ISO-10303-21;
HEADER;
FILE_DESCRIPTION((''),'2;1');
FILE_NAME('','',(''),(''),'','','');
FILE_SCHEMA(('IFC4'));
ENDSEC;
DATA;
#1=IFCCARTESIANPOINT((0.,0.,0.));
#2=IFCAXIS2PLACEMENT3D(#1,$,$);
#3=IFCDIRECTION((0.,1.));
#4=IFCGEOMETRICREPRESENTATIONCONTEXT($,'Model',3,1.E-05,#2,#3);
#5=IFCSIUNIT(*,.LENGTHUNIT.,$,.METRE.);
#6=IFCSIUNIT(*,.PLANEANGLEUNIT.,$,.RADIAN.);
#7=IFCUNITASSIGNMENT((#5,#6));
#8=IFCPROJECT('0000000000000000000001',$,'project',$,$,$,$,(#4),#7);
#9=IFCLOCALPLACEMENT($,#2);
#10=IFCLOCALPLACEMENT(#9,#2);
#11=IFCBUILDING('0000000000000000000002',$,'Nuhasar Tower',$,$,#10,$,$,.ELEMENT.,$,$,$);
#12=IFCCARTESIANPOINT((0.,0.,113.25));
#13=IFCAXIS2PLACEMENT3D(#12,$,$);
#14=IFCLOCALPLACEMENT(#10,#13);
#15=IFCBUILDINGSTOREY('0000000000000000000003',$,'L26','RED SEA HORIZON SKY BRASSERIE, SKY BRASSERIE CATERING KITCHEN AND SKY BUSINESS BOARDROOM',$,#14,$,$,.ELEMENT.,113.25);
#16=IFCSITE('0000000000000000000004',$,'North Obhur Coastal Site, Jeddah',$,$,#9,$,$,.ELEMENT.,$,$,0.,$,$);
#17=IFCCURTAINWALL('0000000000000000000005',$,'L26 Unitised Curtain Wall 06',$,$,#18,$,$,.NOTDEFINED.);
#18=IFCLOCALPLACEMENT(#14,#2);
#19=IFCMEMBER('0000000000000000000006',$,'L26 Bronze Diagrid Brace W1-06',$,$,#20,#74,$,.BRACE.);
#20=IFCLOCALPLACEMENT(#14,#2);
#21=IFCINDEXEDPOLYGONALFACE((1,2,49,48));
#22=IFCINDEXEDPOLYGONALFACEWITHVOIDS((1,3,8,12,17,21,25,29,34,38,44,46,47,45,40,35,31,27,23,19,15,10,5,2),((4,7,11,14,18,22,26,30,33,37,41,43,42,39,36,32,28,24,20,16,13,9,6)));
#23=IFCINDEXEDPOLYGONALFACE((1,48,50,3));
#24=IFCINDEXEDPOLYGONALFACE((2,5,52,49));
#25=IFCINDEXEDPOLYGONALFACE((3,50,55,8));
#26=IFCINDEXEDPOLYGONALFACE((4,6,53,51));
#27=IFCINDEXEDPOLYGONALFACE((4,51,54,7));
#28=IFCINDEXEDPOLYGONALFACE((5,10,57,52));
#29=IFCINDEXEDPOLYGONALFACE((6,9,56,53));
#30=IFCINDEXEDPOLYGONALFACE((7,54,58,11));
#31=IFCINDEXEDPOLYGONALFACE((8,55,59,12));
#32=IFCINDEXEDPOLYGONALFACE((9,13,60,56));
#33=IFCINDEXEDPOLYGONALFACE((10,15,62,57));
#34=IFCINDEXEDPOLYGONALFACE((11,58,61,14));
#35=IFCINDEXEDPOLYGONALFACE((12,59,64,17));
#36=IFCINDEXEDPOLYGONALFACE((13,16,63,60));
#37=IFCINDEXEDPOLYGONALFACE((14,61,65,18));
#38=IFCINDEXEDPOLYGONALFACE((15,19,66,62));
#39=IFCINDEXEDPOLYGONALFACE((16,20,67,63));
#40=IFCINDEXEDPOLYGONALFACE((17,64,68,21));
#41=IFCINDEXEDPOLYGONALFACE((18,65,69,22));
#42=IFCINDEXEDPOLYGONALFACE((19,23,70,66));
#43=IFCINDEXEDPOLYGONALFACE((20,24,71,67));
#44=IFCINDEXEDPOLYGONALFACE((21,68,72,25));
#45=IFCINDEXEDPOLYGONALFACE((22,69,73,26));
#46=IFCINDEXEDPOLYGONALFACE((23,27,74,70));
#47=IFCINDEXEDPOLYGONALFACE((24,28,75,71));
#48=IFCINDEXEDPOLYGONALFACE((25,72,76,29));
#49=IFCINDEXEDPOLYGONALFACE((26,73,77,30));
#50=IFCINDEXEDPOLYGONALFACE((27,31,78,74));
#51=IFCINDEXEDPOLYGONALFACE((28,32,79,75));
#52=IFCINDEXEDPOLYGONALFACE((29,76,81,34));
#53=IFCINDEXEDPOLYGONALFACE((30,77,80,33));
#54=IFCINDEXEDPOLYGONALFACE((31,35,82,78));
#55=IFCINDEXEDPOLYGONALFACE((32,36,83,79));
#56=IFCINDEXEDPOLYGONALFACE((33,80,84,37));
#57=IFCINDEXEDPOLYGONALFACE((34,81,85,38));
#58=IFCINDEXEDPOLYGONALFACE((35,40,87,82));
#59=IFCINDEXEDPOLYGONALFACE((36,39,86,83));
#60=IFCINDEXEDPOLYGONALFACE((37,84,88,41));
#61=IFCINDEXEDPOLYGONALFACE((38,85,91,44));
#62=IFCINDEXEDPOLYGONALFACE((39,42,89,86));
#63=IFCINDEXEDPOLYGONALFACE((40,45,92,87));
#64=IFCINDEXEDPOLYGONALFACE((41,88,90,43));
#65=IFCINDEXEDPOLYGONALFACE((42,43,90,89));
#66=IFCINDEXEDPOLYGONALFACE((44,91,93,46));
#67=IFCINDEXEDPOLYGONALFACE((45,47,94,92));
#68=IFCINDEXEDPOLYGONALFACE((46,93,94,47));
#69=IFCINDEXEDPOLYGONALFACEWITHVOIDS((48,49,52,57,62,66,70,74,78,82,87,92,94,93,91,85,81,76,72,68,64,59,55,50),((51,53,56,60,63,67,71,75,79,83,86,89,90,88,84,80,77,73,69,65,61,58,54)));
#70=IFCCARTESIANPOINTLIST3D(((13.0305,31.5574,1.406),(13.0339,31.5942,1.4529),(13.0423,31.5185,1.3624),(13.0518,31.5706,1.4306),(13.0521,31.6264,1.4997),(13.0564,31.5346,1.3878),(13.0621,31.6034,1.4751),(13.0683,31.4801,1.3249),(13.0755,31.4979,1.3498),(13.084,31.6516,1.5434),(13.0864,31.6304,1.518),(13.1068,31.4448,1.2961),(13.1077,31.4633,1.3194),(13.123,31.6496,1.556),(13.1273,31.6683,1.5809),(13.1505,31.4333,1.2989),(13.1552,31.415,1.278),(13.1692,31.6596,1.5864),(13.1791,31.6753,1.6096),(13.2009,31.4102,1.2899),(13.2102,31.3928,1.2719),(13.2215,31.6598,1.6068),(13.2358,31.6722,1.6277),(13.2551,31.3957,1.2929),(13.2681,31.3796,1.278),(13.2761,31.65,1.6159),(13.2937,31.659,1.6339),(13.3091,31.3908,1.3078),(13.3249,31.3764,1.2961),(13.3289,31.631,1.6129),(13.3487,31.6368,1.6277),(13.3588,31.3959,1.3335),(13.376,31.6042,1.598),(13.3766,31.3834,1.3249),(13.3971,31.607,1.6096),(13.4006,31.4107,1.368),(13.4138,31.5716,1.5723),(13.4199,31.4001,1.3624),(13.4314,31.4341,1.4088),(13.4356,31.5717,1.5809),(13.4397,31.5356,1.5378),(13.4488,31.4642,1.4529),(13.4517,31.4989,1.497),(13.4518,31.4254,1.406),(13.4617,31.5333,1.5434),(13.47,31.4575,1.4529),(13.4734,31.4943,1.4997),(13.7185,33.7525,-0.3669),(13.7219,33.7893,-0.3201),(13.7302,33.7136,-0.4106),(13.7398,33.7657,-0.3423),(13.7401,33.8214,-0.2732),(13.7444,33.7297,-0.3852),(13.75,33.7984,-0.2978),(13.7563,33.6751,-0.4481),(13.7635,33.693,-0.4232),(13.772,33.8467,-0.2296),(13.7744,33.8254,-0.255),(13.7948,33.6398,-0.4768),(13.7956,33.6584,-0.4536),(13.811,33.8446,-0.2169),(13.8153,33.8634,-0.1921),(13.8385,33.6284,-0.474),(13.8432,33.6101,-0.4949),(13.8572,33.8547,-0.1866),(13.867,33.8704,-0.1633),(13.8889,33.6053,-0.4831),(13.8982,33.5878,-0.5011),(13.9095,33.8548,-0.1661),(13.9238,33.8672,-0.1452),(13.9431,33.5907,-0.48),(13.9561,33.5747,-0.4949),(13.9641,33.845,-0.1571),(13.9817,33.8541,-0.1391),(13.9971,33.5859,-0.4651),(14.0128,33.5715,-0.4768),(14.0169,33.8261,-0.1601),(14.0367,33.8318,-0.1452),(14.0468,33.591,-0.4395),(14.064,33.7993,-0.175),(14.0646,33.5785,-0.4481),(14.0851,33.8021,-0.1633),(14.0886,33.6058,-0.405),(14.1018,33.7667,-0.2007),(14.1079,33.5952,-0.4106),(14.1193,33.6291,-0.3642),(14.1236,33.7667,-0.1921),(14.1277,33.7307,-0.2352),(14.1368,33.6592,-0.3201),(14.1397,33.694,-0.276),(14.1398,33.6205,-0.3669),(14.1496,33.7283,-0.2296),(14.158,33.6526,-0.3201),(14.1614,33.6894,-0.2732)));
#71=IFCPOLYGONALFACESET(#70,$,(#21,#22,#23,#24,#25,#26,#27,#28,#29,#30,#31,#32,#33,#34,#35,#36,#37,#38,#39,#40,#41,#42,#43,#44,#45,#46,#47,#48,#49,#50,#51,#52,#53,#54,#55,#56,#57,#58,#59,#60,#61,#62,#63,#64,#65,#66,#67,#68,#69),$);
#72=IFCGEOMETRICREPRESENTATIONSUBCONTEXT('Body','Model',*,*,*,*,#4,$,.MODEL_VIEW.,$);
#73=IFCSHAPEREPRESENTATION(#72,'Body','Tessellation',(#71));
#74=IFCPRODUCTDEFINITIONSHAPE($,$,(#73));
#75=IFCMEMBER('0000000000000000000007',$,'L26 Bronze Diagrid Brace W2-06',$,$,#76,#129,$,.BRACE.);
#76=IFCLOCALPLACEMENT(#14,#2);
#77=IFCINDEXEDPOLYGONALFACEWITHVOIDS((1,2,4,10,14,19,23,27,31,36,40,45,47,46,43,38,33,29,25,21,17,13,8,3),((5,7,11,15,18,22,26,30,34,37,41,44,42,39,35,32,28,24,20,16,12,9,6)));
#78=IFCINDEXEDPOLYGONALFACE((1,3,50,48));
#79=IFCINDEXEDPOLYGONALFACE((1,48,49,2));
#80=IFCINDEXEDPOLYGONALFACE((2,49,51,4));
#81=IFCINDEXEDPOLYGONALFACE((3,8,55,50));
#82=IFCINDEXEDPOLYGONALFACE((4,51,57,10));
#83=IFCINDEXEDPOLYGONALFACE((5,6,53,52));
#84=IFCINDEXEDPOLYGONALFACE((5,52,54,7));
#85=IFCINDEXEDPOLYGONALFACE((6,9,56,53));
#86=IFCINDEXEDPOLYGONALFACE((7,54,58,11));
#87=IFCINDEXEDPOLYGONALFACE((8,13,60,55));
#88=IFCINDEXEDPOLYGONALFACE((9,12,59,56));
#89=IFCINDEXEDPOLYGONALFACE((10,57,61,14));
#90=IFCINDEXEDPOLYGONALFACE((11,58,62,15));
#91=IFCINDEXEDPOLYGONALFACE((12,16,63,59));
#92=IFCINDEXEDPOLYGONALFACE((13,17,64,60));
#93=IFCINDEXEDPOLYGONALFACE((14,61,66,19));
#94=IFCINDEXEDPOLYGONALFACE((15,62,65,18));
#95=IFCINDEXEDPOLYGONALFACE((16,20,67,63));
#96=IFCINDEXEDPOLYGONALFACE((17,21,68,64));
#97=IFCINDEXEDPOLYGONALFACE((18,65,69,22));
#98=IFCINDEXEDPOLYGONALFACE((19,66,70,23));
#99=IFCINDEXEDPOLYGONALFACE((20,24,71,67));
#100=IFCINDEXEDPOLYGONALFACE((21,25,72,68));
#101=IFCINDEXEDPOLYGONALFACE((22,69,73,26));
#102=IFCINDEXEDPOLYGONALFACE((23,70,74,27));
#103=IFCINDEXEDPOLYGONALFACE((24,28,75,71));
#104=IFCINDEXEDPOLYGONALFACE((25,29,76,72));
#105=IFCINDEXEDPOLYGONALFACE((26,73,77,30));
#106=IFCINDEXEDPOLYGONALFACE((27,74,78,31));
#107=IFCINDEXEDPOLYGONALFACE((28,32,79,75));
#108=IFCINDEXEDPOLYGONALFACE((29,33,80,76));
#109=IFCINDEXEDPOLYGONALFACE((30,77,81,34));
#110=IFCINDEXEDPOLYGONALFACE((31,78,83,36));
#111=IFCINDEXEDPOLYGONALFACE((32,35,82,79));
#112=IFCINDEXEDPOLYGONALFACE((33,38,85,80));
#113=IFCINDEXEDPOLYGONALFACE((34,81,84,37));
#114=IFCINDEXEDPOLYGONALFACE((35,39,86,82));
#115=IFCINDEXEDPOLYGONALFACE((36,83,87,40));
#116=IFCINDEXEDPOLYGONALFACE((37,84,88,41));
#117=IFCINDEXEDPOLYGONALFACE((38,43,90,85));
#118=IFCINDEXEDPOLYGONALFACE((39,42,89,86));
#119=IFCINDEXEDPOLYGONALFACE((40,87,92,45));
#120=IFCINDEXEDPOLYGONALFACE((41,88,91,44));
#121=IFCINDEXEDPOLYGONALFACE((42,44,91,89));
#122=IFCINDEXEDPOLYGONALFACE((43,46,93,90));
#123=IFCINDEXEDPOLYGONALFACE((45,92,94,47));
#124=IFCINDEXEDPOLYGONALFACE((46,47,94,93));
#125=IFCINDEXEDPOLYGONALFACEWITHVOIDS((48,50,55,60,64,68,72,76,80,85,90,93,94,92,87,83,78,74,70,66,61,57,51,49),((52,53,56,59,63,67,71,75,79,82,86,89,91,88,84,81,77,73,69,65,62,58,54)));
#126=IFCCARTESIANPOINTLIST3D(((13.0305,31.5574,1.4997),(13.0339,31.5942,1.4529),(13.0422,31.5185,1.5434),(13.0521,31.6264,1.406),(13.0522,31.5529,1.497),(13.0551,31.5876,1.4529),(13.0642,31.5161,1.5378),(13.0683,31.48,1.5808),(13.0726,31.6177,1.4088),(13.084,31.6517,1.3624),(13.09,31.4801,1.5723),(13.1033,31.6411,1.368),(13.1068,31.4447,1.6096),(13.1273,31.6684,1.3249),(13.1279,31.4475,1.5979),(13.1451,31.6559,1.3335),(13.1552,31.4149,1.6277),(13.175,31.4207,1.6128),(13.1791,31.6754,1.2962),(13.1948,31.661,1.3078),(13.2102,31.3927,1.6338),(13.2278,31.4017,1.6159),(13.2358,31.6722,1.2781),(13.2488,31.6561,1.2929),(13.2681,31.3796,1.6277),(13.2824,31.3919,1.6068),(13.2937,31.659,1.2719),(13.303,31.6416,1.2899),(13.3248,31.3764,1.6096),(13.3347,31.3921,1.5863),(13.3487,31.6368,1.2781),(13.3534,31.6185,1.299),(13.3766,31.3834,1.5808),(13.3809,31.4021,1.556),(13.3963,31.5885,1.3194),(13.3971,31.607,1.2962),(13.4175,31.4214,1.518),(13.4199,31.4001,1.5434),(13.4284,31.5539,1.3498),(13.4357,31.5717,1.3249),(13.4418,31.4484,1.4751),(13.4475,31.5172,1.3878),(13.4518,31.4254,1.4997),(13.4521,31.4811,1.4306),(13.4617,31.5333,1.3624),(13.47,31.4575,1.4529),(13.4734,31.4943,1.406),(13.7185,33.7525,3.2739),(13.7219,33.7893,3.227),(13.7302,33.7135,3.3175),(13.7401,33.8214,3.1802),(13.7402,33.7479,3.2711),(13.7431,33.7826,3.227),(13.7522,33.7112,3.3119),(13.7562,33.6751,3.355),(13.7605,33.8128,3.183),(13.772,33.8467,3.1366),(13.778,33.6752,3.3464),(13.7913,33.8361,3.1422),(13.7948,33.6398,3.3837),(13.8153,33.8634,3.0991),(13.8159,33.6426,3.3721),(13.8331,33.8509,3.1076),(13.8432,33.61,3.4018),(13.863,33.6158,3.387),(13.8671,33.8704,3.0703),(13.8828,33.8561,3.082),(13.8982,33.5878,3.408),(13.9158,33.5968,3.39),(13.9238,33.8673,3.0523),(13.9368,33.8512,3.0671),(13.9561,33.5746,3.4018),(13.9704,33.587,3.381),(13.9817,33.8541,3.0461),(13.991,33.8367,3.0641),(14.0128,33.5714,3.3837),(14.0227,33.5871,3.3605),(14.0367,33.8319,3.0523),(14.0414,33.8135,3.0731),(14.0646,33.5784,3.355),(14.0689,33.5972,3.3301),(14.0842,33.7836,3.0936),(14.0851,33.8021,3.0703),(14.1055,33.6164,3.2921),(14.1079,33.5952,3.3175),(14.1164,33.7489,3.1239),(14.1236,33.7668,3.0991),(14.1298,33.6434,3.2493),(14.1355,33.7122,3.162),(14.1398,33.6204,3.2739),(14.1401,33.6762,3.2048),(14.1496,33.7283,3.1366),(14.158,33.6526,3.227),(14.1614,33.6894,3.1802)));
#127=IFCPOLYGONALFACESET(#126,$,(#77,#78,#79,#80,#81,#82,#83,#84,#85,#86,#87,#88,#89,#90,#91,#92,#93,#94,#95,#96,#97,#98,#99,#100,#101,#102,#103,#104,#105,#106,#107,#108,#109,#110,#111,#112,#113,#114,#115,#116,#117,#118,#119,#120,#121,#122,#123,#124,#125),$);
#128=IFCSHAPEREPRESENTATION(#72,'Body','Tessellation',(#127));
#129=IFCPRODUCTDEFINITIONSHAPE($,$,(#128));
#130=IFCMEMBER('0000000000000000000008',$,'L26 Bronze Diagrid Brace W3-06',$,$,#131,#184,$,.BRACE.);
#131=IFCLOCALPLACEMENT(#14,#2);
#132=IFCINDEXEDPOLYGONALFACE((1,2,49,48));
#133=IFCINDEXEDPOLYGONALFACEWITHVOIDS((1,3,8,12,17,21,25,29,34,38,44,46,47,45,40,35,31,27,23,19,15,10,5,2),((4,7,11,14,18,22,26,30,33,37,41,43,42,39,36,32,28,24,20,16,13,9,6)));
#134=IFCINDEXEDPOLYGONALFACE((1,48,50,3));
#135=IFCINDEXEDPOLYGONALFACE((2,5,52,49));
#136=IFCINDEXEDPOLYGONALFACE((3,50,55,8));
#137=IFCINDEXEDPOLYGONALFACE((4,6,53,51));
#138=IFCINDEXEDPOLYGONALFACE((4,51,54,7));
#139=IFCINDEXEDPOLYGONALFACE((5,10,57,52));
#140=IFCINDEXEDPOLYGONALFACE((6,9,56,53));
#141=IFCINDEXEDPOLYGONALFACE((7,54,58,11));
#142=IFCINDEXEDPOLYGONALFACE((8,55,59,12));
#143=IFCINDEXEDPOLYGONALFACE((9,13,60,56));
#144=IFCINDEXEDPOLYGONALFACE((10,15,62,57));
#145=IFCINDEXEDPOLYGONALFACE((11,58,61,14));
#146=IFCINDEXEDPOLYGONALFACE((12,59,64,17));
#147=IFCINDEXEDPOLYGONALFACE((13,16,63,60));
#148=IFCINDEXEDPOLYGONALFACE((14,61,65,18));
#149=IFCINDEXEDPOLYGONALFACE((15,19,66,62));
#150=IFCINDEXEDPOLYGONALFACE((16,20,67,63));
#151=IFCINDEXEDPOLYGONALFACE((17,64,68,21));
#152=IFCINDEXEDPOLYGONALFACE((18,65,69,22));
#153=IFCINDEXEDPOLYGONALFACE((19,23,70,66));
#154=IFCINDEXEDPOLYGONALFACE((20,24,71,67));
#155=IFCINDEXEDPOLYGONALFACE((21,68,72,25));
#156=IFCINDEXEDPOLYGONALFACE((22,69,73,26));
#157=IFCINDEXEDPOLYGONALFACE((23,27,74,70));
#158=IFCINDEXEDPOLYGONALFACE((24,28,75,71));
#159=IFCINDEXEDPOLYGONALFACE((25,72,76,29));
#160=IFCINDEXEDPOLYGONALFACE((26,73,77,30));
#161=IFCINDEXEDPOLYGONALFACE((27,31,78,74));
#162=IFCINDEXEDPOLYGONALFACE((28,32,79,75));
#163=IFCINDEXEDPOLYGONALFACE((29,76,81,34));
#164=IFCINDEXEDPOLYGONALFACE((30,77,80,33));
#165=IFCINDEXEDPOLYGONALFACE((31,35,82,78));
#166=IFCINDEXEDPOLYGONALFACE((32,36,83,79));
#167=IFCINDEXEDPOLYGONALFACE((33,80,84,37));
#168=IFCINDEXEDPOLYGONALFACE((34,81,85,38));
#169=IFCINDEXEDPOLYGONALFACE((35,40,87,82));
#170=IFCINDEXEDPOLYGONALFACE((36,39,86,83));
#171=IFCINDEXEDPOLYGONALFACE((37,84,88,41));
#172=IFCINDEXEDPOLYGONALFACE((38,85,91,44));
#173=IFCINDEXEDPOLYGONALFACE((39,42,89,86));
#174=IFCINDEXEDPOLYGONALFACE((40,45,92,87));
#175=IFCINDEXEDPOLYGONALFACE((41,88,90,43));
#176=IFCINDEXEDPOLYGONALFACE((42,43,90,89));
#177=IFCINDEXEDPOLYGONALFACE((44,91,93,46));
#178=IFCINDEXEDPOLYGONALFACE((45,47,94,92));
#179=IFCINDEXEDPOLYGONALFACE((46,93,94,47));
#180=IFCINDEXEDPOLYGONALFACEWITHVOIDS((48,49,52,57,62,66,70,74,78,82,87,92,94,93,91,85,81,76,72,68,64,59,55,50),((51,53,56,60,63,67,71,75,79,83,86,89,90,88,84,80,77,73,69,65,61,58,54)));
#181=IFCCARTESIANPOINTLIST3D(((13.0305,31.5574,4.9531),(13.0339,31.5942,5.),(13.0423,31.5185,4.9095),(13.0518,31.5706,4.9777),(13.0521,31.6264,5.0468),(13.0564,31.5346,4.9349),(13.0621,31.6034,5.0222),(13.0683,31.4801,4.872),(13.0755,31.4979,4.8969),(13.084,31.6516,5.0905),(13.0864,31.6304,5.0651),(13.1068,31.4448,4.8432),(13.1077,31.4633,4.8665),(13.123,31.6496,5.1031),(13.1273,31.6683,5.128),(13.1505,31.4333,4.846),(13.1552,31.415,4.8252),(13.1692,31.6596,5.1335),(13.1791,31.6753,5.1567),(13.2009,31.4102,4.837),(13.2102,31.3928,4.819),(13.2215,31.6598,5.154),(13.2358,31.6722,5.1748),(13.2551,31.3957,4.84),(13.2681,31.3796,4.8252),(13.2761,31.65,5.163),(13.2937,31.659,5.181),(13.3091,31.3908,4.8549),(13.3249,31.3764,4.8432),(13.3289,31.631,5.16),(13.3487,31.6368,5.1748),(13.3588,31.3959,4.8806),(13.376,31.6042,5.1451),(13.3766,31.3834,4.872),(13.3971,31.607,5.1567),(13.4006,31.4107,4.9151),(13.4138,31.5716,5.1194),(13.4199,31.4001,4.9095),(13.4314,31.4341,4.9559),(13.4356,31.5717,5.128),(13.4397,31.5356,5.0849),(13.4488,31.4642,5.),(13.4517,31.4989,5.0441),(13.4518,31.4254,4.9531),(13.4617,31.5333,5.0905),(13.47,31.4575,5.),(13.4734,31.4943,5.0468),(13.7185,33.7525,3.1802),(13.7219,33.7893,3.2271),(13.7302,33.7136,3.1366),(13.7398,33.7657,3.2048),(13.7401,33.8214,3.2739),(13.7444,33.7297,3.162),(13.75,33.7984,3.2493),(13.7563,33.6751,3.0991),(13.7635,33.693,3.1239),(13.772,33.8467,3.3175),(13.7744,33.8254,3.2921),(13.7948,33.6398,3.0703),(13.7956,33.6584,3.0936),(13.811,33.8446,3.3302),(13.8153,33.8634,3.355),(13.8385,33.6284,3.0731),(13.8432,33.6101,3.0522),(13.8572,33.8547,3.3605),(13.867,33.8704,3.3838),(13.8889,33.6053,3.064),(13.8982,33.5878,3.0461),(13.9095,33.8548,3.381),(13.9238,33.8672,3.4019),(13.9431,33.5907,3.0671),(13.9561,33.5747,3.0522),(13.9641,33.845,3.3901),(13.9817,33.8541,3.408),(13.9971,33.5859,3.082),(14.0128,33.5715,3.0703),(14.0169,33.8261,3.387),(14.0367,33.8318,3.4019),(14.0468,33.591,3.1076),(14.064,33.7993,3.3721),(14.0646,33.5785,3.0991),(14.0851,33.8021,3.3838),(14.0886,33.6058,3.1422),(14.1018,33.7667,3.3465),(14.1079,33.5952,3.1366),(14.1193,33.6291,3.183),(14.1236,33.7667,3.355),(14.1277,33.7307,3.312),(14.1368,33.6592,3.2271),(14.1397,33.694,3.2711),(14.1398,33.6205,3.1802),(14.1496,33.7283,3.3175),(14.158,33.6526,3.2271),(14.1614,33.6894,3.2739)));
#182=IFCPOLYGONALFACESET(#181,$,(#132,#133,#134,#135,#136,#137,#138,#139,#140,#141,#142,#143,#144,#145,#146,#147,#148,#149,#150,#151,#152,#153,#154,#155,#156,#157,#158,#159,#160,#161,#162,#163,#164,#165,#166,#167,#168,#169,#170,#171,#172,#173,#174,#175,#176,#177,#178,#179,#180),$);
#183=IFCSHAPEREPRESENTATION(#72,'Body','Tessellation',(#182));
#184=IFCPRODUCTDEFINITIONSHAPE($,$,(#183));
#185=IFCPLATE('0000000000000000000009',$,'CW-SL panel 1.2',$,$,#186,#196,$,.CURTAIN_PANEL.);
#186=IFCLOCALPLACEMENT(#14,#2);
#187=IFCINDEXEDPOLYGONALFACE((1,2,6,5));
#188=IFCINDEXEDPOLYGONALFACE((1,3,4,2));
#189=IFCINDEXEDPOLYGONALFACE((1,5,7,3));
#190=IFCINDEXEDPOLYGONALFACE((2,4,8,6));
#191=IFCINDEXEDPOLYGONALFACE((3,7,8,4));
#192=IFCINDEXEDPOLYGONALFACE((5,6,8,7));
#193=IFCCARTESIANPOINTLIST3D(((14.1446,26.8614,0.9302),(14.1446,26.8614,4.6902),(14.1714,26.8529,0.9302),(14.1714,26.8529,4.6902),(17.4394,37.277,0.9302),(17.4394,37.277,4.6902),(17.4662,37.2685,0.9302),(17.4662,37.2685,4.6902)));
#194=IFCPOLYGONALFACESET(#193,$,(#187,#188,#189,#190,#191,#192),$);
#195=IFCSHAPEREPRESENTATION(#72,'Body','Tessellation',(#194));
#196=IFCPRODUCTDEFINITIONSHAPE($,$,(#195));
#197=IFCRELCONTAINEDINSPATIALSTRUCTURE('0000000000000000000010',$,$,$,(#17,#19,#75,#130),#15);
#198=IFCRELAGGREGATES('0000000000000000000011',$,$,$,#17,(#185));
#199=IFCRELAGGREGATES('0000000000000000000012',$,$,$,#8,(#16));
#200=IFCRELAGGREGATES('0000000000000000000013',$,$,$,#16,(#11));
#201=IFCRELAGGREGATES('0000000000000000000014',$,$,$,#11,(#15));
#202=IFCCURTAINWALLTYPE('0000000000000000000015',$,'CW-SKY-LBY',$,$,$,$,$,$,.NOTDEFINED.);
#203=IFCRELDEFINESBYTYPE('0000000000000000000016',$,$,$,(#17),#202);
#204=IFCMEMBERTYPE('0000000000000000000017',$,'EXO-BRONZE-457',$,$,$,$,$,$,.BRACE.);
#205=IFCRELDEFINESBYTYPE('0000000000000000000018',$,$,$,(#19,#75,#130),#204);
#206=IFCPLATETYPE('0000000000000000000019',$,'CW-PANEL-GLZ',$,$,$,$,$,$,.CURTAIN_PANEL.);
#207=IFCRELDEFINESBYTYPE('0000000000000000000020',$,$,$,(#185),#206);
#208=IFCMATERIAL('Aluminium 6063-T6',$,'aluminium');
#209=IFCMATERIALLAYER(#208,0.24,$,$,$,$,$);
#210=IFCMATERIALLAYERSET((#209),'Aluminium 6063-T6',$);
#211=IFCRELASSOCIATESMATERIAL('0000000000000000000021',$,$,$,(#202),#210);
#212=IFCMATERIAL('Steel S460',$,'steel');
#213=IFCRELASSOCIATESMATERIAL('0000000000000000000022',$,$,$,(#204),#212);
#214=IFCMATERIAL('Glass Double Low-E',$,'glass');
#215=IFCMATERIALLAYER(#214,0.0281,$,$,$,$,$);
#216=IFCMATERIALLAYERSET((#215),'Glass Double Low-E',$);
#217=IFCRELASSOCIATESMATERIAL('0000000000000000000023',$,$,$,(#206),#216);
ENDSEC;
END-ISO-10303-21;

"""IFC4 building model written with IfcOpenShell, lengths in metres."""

from ifc_helpers import new_model, si_unit, direction, frame, origin, origin_2d, place, context, subcontext, project, spatial, rectangle, hollow_circle, extrude, material, layer, layer_set, material_profile, profile_set, type_object, element, aggregate, save


model = new_model("IFC4")

# Units and contexts
model_context = context("Model", 3, precision=1e-05, world=origin(), true_north=direction((0.0, 1.0)))
body_context = subcontext(model_context, "Body", "Model", "MODEL_VIEW")
ifc_project = project(units=[si_unit("LENGTHUNIT", "METRE"), si_unit("PLANEANGLEUNIT", "RADIAN")], contexts=[model_context])

# Site, building, storey
site_placement = place(None, origin())
site = spatial("IfcSite", under=ifc_project, at=site_placement, Name="North Obhur Coastal Site, Jeddah", CompositionType="ELEMENT", RefElevation=0.0)
building_placement = place(site_placement, origin())
building = spatial("IfcBuilding", under=site, at=building_placement, Name="Nuhasar Tower", CompositionType="ELEMENT")
storey_placement = place(building_placement, frame((0.0, 0.0, 113.25)))
storey = spatial("IfcBuildingStorey", under=building, at=storey_placement, Name="L26", Description="RED SEA HORIZON SKY BRASSERIE, SKY BRASSERIE CATERING KITCHEN AND SKY BUSINESS BOARDROOM", CompositionType="ELEMENT", Elevation=113.25)

# Shared definitions
ifc_material_1 = material(Name="Steel S460", Category="steel")

# Curtain wall
ifc_material_2 = material(Name="Aluminium 6063-T6", Category="aluminium")
ifc_layer_1 = layer(ifc_material_2, 0.24)
ifc_layer_set_1 = layer_set([ifc_layer_1], Name="Aluminium 6063-T6")
curtain_wall_type = type_object("IfcCurtainWallType", Name="CW-SKY-LBY", PredefinedType="NOTDEFINED", material=ifc_layer_set_1)
curtain_wall_1_placement = place(storey_placement, origin())
curtain_wall_1 = element("IfcCurtainWall", 1, at=curtain_wall_1_placement, inside=storey, type_object=curtain_wall_type, Name="L26 Unitised Curtain Wall 06", PredefinedType="NOTDEFINED")

# Members
ifc_material_profile_1 = material_profile(ifc_material_1, hollow_circle(Radius=0.2285, WallThickness=0.0222, at=origin_2d()), Name="HSS457X22.2")
ifc_profile_set_1 = profile_set([ifc_material_profile_1], Name="Steel S460")
member_type_1 = type_object("IfcMemberType", Name="EXO-BRONZE-457", PredefinedType="BRACE", material=ifc_profile_set_1)
member_1_placement = place(storey_placement, frame((13.9399, 33.7209, -0.3201), z_axis=(-0.236885, -0.755798, 0.610455), x_axis=(0.954228, -0.299079, 0.0)))
element("IfcMember", 2, at=member_1_placement, inside=storey, type_object=member_type_1, Name="L26 Bronze Diagrid Brace W1-06", PredefinedType="BRACE", context=body_context, shape_type="SweptSolid", body=[
    extrude(hollow_circle(Radius=0.2285, WallThickness=0.0222, at=origin_2d()), origin(), (0.0, 0.0, 1.0), 2.9043),
])
member_2_placement = place(storey_placement, frame((13.252, 31.5259, 1.4529), z_axis=(0.236825, 0.755604, 0.610719), x_axis=(-0.954228, 0.299079, 0.0)))
element("IfcMember", 3, at=member_2_placement, inside=storey, type_object=member_type_1, Name="L26 Bronze Diagrid Brace W2-06", PredefinedType="BRACE", context=body_context, shape_type="SweptSolid", body=[
    extrude(hollow_circle(Radius=0.2285, WallThickness=0.0222, at=origin_2d()), origin(), (0.0, 0.0, 1.0), 2.905),
])
member_3_placement = place(storey_placement, frame((13.9399, 33.7209, 3.2271), z_axis=(-0.236885, -0.755798, 0.610455), x_axis=(0.954228, -0.299079, 0.0)))
element("IfcMember", 4, at=member_3_placement, inside=storey, type_object=member_type_1, Name="L26 Bronze Diagrid Brace W3-06", PredefinedType="BRACE", context=body_context, shape_type="SweptSolid", body=[
    extrude(hollow_circle(Radius=0.2285, WallThickness=0.0222, at=origin_2d()), origin(), (0.0, 0.0, 1.0), 2.9043),
])

# Plate
ifc_material_3 = material(Name="Glass Double Low-E", Category="glass")
ifc_layer_2 = layer(ifc_material_3, 0.0281)
ifc_layer_set_2 = layer_set([ifc_layer_2], Name="Glass Double Low-E")
plate_type_1 = type_object("IfcPlateType", Name="CW-PANEL-GLZ", PredefinedType="CURTAIN_PANEL", material=ifc_layer_set_2)
plate_1_placement = place(storey_placement, frame((15.8054, 32.0649, 0.9302), z_axis=(0.0, 0.0, 1.0), x_axis=(-0.301604, -0.953433, 0.0)))
plate_1 = element("IfcPlate", 5, at=plate_1_placement, type_object=plate_type_1, Name="CW-SL panel 1.2", PredefinedType="CURTAIN_PANEL", context=body_context, shape_type="SweptSolid", body=[
    extrude(rectangle(XDim=10.9243, YDim=0.0281, at=origin_2d()), origin(), (0.0, 0.0, 1.0), 3.76),
])
aggregate(curtain_wall_1, [plate_1])

save(model, "model.ifc")
